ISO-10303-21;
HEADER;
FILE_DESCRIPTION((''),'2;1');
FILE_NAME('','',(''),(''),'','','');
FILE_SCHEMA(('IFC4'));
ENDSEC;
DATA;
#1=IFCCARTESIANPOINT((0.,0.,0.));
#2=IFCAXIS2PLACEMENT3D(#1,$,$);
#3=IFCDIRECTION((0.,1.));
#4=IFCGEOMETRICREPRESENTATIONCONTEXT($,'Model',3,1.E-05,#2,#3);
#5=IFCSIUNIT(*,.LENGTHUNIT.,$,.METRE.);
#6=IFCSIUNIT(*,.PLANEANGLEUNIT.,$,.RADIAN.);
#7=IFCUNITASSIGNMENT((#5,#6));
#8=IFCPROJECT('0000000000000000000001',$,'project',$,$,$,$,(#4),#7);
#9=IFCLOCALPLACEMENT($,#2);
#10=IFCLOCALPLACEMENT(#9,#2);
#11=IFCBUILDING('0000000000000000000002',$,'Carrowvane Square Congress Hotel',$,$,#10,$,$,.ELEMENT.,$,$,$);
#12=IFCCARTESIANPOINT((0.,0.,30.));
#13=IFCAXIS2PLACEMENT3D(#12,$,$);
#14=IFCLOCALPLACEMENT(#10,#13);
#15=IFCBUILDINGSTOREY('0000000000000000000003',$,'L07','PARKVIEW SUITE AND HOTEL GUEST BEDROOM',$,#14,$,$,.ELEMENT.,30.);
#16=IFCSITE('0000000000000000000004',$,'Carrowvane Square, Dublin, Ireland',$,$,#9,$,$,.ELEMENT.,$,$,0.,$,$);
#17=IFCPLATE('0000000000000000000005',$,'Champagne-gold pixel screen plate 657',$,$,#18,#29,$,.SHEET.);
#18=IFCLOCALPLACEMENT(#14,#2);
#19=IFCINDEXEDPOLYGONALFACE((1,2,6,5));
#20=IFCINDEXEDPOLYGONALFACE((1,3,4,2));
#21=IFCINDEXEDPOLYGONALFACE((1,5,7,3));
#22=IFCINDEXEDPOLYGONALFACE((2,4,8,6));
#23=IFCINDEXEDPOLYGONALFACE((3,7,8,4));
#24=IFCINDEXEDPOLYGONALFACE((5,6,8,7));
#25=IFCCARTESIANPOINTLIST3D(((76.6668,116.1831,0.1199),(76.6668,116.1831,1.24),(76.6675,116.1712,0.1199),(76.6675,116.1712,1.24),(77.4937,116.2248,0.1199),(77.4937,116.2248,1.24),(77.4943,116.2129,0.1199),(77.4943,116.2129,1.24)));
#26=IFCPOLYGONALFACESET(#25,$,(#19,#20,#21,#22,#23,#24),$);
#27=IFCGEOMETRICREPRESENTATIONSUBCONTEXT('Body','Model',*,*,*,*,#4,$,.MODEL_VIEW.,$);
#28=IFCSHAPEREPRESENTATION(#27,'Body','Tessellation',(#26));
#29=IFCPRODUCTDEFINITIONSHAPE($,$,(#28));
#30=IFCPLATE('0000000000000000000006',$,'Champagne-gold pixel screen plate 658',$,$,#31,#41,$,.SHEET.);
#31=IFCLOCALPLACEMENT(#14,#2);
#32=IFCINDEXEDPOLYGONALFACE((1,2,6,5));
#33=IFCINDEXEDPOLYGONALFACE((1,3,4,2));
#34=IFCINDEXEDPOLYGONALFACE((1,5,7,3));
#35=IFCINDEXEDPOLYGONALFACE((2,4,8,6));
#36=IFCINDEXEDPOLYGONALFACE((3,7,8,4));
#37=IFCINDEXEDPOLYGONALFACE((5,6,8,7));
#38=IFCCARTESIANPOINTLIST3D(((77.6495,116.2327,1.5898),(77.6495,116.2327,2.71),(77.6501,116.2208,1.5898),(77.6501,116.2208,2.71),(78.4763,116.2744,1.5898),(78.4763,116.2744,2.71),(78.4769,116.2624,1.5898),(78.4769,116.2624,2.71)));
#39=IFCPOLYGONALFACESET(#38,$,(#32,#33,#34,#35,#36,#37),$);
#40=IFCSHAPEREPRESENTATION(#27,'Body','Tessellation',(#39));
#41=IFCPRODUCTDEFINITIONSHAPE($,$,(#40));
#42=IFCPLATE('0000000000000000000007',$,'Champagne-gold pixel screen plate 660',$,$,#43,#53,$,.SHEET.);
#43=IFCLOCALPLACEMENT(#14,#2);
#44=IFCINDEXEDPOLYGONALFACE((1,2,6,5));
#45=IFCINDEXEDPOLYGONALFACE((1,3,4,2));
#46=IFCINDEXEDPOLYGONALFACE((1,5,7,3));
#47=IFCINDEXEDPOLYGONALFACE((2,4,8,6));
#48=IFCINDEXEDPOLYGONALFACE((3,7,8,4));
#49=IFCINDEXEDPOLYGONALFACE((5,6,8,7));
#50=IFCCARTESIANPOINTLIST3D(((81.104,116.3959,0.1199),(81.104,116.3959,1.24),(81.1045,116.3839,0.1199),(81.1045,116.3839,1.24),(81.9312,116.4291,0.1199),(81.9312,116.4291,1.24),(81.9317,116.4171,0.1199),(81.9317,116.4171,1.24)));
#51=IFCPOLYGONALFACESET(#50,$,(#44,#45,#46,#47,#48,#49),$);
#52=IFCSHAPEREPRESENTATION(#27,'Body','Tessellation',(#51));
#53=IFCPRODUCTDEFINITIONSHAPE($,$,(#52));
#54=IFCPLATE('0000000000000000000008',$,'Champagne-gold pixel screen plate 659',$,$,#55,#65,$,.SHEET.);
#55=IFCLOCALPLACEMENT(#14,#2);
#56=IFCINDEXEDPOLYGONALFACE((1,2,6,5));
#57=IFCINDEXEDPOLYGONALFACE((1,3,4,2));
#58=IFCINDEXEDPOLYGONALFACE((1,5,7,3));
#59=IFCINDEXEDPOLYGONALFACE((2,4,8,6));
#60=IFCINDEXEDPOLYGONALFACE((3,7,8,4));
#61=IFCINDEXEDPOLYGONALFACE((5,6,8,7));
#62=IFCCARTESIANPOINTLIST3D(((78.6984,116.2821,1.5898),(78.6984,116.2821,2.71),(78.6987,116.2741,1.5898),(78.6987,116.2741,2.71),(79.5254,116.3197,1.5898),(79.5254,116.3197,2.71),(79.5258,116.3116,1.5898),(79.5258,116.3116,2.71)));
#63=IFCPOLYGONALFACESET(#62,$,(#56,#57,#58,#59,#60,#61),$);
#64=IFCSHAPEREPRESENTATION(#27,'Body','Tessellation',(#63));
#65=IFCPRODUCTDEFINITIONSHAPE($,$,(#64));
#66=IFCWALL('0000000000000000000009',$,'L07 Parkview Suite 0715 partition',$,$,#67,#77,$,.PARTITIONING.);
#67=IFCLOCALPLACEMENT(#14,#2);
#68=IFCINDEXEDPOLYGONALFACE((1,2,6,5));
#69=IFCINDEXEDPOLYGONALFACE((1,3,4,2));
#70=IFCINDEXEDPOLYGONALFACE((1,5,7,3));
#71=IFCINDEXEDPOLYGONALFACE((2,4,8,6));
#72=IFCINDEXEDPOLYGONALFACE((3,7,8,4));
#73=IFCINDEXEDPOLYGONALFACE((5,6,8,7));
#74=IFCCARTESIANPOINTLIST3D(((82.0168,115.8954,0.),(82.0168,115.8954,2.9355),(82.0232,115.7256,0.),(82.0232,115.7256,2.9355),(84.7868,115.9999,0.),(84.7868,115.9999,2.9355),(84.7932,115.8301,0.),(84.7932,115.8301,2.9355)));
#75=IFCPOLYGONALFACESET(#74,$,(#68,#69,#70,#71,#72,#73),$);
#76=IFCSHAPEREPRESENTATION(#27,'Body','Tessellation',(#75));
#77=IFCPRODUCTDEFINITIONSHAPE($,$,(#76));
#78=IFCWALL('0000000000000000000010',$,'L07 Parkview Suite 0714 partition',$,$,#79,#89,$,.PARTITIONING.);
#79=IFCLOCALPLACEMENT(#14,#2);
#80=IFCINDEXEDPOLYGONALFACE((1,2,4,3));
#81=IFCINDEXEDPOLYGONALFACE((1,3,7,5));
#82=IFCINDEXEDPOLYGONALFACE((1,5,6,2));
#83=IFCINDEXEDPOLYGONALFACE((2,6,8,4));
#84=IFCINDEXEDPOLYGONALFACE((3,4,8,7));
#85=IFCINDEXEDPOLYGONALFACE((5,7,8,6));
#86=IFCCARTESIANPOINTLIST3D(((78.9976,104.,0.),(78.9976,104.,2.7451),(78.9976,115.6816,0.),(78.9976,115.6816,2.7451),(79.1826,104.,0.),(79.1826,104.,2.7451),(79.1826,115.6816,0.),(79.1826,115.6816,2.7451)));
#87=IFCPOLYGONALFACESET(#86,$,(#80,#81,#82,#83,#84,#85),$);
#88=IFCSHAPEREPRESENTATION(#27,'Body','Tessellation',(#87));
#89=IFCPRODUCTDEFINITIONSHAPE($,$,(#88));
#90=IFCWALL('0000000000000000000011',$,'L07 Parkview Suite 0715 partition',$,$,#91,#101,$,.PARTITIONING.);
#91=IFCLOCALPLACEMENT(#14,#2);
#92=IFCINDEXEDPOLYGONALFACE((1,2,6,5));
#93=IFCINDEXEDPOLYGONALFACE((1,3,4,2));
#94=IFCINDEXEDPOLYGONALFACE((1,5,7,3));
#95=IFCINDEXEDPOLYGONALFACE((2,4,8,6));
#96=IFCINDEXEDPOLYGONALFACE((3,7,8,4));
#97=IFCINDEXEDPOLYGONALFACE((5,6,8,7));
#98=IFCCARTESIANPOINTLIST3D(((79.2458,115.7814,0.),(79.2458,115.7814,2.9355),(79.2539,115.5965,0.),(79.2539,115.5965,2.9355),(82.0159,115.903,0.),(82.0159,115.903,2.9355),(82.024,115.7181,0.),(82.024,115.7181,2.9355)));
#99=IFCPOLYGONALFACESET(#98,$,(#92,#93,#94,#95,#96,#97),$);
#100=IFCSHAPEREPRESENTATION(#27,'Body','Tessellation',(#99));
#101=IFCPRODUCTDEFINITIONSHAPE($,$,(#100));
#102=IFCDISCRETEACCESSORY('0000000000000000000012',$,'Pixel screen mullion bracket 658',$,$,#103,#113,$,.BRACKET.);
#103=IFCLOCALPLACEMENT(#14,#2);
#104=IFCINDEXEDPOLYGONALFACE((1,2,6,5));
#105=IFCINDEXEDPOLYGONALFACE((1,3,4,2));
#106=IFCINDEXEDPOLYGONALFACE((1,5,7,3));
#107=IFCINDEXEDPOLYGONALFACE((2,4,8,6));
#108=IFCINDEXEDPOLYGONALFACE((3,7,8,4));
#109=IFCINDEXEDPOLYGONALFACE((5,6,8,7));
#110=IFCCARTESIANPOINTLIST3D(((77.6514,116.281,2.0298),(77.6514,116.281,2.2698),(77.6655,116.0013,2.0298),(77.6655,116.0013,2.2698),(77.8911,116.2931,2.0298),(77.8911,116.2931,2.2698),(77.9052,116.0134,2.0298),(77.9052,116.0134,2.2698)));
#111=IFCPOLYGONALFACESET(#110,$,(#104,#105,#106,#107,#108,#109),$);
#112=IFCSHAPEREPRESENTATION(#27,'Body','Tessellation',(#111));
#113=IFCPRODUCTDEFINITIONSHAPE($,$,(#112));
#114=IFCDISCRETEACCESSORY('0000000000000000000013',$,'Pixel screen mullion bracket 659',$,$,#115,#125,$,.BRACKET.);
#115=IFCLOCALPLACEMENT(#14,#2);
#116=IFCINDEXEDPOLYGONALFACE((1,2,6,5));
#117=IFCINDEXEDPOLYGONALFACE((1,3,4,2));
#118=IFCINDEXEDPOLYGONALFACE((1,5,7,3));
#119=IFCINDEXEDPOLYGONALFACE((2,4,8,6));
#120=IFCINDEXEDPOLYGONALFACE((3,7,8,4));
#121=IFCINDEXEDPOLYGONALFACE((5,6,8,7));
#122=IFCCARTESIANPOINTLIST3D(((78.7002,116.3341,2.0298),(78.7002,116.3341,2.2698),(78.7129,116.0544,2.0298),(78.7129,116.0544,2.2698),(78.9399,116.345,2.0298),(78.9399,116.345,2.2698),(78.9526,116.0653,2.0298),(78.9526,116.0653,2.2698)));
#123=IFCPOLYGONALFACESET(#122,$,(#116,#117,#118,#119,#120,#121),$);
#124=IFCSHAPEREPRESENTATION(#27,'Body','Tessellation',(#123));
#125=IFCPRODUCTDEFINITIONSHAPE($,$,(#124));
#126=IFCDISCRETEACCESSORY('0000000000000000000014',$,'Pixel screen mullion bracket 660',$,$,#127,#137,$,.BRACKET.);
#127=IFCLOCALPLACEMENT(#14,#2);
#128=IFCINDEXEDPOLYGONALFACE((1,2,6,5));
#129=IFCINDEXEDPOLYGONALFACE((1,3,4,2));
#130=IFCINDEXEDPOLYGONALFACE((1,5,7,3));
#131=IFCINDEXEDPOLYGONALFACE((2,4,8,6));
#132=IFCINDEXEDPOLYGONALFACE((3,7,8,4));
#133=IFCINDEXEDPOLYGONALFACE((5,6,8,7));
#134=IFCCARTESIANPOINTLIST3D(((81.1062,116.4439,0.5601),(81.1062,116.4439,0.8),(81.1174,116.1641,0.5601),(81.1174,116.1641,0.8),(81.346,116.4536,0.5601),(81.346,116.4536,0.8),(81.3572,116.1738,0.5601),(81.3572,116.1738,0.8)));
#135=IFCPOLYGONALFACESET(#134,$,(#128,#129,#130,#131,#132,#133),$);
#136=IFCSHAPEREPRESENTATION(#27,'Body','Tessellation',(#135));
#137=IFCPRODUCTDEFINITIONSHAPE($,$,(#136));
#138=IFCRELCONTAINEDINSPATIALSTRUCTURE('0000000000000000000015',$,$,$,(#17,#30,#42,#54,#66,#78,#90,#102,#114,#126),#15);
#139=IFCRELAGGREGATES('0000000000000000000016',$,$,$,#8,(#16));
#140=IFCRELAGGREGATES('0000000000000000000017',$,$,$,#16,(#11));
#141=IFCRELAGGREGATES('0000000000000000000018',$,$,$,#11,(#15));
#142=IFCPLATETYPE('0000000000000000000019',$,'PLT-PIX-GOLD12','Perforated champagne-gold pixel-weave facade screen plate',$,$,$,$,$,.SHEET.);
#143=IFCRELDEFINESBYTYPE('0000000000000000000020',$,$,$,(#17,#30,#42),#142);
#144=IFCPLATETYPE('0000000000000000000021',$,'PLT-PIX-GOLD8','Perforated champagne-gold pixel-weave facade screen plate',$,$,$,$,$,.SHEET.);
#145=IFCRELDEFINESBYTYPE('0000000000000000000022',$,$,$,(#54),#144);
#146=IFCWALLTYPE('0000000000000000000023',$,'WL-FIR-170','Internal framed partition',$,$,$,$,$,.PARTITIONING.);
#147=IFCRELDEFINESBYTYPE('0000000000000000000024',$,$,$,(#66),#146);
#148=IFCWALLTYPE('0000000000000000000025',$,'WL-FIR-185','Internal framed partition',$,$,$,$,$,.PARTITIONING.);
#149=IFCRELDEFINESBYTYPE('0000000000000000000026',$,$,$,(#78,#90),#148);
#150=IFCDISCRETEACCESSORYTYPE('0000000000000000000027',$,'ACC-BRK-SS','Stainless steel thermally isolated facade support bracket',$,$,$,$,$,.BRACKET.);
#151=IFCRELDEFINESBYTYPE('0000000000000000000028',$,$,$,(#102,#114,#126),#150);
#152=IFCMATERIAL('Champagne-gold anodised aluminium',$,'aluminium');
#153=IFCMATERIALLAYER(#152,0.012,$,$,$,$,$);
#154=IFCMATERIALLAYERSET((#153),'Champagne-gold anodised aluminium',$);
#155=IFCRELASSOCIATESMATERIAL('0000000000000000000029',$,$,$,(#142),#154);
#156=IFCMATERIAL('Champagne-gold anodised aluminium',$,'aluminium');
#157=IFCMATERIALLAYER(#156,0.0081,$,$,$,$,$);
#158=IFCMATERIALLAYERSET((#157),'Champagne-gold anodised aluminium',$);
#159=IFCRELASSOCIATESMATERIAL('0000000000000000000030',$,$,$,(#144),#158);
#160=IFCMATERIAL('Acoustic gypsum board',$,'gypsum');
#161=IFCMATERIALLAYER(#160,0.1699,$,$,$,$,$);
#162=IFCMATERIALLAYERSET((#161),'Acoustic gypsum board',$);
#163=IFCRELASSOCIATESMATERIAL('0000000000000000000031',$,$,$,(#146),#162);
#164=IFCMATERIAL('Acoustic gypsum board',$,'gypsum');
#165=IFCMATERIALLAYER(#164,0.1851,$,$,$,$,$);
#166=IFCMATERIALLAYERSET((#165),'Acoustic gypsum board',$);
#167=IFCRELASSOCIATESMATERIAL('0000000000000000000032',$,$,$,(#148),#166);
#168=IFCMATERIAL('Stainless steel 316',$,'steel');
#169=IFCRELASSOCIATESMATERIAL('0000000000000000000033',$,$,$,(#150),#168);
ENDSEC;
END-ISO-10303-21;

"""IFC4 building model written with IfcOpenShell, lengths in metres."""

from ifc_helpers import new_model, si_unit, direction, frame, frame_2d, origin, origin_2d, place, context, subcontext, project, spatial, rectangle, extrude, material, layer, layer_set, type_object, element, save


model = new_model("IFC4")

# Units and contexts
model_context = context("Model", 3, precision=1e-05, world=origin(), true_north=direction((0.0, 1.0)))
body_context = subcontext(model_context, "Body", "Model", "MODEL_VIEW")
ifc_project = project(units=[si_unit("LENGTHUNIT", "METRE"), si_unit("PLANEANGLEUNIT", "RADIAN")], contexts=[model_context])

# Site, building, storey
site_placement = place(None, origin())
site = spatial("IfcSite", under=ifc_project, at=site_placement, Name="Carrowvane Square, Dublin, Ireland", CompositionType="ELEMENT", RefElevation=0.0)
building_placement = place(site_placement, origin())
building = spatial("IfcBuilding", under=site, at=building_placement, Name="Carrowvane Square Congress Hotel", CompositionType="ELEMENT")
storey_placement = place(building_placement, frame((0.0, 0.0, 30.0)))
storey = spatial("IfcBuildingStorey", under=building, at=storey_placement, Name="L07", Description="PARKVIEW SUITE AND HOTEL GUEST BEDROOM", CompositionType="ELEMENT", Elevation=30.0)

# Plates
ifc_material_1 = material(Name="Champagne-gold anodised aluminium", Category="aluminium")
ifc_layer_1 = layer(ifc_material_1, 0.012)
ifc_layer_set_1 = layer_set([ifc_layer_1], Name="Champagne-gold anodised aluminium")
plate_type_1 = type_object("IfcPlateType", Name="PLT-PIX-GOLD12", Description="Perforated champagne-gold pixel-weave facade screen plate", PredefinedType="SHEET", material=ifc_layer_set_1)
for number, where, z_axis, x_axis, name in (
    (1, (77.0806, 116.198, 0.1199), (0.0, 0.0, 1.0), (0.998733, 0.050322, 0.0), "Champagne-gold pixel screen plate 657"),
    (2, (78.0632, 116.2476, 1.5898), (0.0, 0.0, 1.0), (0.998733, 0.050322, 0.0), "Champagne-gold pixel screen plate 658"),
    (3, (81.5178, 116.4065, 0.1199), (0.0, 0.0, 1.0), (0.999194, 0.040134, 0.0), "Champagne-gold pixel screen plate 660"),
):
    element("IfcPlate", number, at=place(storey_placement, frame(where, z_axis=z_axis, x_axis=x_axis)), inside=storey, type_object=plate_type_1, Name=name, PredefinedType="SHEET", context=body_context, shape_type="SweptSolid", body=[
        extrude(rectangle(XDim=0.8279, YDim=0.012, at=origin_2d()), origin(), (0.0, 0.0, 1.0), 1.1201),
    ])
ifc_material_2 = material(Name="Champagne-gold anodised aluminium", Category="aluminium")
ifc_layer_2 = layer(ifc_material_2, 0.0081)
ifc_layer_set_2 = layer_set([ifc_layer_2], Name="Champagne-gold anodised aluminium")
plate_type_2 = type_object("IfcPlateType", Name="PLT-PIX-GOLD8", Description="Perforated champagne-gold pixel-weave facade screen plate", PredefinedType="SHEET", material=ifc_layer_set_2)
plate_1_placement = place(storey_placement, frame((79.1121, 116.2969, 1.5898), z_axis=(0.0, 0.0, 1.0), x_axis=(0.998968, 0.045414, 0.0)))
element("IfcPlate", 4, at=plate_1_placement, inside=storey, type_object=plate_type_2, Name="Champagne-gold pixel screen plate 659", PredefinedType="SHEET", context=body_context, shape_type="SweptSolid", body=[
    extrude(rectangle(XDim=0.8279, YDim=0.0081, at=origin_2d()), origin(), (0.0, 0.0, 1.0), 1.1201),
])

# Walls
ifc_material_3 = material(Name="Acoustic gypsum board", Category="gypsum")
ifc_layer_3 = layer(ifc_material_3, 0.1699)
ifc_layer_set_3 = layer_set([ifc_layer_3], Name="Acoustic gypsum board")
wall_type_1 = type_object("IfcWallType", Name="WL-FIR-170", Description="Internal framed partition", PredefinedType="PARTITIONING", material=ifc_layer_set_3)
wall_1_placement = place(storey_placement, frame((82.02, 115.8105, 0.0), z_axis=(0.0, 0.0, 1.0), x_axis=(0.999289, 0.037696, 0.0)))
element("IfcWall", 5, at=wall_1_placement, inside=storey, type_object=wall_type_1, Name="L07 Parkview Suite 0715 partition", PredefinedType="PARTITIONING", context=body_context, shape_type="SweptSolid", body=[
    extrude(rectangle(XDim=2.772, YDim=0.1699, at=frame_2d((1.386, 0.0))), origin(), (0.0, 0.0, 1.0), 2.9355),
])
ifc_material_4 = material(Name="Acoustic gypsum board", Category="gypsum")
ifc_layer_4 = layer(ifc_material_4, 0.1851)
ifc_layer_set_4 = layer_set([ifc_layer_4], Name="Acoustic gypsum board")
wall_type_2 = type_object("IfcWallType", Name="WL-FIR-185", Description="Internal framed partition", PredefinedType="PARTITIONING", material=ifc_layer_set_4)
wall_2_placement = place(storey_placement, frame((79.0901, 115.6816, 0.0), z_axis=(0.0, 0.0, 1.0), x_axis=(0.0, -1.0, 0.0)))
element("IfcWall", 6, at=wall_2_placement, inside=storey, type_object=wall_type_2, Name="L07 Parkview Suite 0714 partition", PredefinedType="PARTITIONING", context=body_context, shape_type="SweptSolid", body=[
    extrude(rectangle(XDim=11.6816, YDim=0.1851, at=frame_2d((5.8408, 0.0))), origin(), (0.0, 0.0, 1.0), 2.7451),
])
wall_3_placement = place(storey_placement, frame((79.25, 115.689, 0.0), z_axis=(0.0, 0.0, 1.0), x_axis=(0.999038, 0.04385, 0.0)))
element("IfcWall", 7, at=wall_3_placement, inside=storey, type_object=wall_type_2, Name="L07 Parkview Suite 0715 partition", PredefinedType="PARTITIONING", context=body_context, shape_type="SweptSolid", body=[
    extrude(rectangle(XDim=2.7727, YDim=0.1851, at=frame_2d((1.3862, 0.0))), origin(), (0.0, 0.0, 1.0), 2.9355),
])

# Discrete accessories
ifc_material_5 = material(Name="Stainless steel 316", Category="steel")
discrete_accessory_type = type_object("IfcDiscreteAccessoryType", Name="ACC-BRK-SS", Description="Stainless steel thermally isolated facade support bracket", PredefinedType="BRACKET", material=ifc_material_5)
for number, where, z_axis, x_axis, name in (
    (8, (77.7783, 116.1472, 2.0298), (0.0, 0.0, 1.0), (0.998733, 0.050322, 0.0), "Pixel screen mullion bracket 658"),
    (9, (78.8264, 116.1997, 2.0298), (0.0, 0.0, 1.0), (0.998968, 0.045414, 0.0), "Pixel screen mullion bracket 659"),
    (10, (81.2317, 116.3088, 0.5601), (0.0, 0.0, 1.0), (0.999194, 0.040134, 0.0), "Pixel screen mullion bracket 660"),
):
    element("IfcDiscreteAccessory", number, at=place(storey_placement, frame(where, z_axis=z_axis, x_axis=x_axis)), inside=storey, type_object=discrete_accessory_type, Name=name, PredefinedType="BRACKET", context=body_context, shape_type="SweptSolid", body=[
        extrude(rectangle(XDim=0.24, YDim=0.28, at=origin_2d()), origin(), (0.0, 0.0, 1.0), 0.24),
    ])

save(model, "model.ifc")
